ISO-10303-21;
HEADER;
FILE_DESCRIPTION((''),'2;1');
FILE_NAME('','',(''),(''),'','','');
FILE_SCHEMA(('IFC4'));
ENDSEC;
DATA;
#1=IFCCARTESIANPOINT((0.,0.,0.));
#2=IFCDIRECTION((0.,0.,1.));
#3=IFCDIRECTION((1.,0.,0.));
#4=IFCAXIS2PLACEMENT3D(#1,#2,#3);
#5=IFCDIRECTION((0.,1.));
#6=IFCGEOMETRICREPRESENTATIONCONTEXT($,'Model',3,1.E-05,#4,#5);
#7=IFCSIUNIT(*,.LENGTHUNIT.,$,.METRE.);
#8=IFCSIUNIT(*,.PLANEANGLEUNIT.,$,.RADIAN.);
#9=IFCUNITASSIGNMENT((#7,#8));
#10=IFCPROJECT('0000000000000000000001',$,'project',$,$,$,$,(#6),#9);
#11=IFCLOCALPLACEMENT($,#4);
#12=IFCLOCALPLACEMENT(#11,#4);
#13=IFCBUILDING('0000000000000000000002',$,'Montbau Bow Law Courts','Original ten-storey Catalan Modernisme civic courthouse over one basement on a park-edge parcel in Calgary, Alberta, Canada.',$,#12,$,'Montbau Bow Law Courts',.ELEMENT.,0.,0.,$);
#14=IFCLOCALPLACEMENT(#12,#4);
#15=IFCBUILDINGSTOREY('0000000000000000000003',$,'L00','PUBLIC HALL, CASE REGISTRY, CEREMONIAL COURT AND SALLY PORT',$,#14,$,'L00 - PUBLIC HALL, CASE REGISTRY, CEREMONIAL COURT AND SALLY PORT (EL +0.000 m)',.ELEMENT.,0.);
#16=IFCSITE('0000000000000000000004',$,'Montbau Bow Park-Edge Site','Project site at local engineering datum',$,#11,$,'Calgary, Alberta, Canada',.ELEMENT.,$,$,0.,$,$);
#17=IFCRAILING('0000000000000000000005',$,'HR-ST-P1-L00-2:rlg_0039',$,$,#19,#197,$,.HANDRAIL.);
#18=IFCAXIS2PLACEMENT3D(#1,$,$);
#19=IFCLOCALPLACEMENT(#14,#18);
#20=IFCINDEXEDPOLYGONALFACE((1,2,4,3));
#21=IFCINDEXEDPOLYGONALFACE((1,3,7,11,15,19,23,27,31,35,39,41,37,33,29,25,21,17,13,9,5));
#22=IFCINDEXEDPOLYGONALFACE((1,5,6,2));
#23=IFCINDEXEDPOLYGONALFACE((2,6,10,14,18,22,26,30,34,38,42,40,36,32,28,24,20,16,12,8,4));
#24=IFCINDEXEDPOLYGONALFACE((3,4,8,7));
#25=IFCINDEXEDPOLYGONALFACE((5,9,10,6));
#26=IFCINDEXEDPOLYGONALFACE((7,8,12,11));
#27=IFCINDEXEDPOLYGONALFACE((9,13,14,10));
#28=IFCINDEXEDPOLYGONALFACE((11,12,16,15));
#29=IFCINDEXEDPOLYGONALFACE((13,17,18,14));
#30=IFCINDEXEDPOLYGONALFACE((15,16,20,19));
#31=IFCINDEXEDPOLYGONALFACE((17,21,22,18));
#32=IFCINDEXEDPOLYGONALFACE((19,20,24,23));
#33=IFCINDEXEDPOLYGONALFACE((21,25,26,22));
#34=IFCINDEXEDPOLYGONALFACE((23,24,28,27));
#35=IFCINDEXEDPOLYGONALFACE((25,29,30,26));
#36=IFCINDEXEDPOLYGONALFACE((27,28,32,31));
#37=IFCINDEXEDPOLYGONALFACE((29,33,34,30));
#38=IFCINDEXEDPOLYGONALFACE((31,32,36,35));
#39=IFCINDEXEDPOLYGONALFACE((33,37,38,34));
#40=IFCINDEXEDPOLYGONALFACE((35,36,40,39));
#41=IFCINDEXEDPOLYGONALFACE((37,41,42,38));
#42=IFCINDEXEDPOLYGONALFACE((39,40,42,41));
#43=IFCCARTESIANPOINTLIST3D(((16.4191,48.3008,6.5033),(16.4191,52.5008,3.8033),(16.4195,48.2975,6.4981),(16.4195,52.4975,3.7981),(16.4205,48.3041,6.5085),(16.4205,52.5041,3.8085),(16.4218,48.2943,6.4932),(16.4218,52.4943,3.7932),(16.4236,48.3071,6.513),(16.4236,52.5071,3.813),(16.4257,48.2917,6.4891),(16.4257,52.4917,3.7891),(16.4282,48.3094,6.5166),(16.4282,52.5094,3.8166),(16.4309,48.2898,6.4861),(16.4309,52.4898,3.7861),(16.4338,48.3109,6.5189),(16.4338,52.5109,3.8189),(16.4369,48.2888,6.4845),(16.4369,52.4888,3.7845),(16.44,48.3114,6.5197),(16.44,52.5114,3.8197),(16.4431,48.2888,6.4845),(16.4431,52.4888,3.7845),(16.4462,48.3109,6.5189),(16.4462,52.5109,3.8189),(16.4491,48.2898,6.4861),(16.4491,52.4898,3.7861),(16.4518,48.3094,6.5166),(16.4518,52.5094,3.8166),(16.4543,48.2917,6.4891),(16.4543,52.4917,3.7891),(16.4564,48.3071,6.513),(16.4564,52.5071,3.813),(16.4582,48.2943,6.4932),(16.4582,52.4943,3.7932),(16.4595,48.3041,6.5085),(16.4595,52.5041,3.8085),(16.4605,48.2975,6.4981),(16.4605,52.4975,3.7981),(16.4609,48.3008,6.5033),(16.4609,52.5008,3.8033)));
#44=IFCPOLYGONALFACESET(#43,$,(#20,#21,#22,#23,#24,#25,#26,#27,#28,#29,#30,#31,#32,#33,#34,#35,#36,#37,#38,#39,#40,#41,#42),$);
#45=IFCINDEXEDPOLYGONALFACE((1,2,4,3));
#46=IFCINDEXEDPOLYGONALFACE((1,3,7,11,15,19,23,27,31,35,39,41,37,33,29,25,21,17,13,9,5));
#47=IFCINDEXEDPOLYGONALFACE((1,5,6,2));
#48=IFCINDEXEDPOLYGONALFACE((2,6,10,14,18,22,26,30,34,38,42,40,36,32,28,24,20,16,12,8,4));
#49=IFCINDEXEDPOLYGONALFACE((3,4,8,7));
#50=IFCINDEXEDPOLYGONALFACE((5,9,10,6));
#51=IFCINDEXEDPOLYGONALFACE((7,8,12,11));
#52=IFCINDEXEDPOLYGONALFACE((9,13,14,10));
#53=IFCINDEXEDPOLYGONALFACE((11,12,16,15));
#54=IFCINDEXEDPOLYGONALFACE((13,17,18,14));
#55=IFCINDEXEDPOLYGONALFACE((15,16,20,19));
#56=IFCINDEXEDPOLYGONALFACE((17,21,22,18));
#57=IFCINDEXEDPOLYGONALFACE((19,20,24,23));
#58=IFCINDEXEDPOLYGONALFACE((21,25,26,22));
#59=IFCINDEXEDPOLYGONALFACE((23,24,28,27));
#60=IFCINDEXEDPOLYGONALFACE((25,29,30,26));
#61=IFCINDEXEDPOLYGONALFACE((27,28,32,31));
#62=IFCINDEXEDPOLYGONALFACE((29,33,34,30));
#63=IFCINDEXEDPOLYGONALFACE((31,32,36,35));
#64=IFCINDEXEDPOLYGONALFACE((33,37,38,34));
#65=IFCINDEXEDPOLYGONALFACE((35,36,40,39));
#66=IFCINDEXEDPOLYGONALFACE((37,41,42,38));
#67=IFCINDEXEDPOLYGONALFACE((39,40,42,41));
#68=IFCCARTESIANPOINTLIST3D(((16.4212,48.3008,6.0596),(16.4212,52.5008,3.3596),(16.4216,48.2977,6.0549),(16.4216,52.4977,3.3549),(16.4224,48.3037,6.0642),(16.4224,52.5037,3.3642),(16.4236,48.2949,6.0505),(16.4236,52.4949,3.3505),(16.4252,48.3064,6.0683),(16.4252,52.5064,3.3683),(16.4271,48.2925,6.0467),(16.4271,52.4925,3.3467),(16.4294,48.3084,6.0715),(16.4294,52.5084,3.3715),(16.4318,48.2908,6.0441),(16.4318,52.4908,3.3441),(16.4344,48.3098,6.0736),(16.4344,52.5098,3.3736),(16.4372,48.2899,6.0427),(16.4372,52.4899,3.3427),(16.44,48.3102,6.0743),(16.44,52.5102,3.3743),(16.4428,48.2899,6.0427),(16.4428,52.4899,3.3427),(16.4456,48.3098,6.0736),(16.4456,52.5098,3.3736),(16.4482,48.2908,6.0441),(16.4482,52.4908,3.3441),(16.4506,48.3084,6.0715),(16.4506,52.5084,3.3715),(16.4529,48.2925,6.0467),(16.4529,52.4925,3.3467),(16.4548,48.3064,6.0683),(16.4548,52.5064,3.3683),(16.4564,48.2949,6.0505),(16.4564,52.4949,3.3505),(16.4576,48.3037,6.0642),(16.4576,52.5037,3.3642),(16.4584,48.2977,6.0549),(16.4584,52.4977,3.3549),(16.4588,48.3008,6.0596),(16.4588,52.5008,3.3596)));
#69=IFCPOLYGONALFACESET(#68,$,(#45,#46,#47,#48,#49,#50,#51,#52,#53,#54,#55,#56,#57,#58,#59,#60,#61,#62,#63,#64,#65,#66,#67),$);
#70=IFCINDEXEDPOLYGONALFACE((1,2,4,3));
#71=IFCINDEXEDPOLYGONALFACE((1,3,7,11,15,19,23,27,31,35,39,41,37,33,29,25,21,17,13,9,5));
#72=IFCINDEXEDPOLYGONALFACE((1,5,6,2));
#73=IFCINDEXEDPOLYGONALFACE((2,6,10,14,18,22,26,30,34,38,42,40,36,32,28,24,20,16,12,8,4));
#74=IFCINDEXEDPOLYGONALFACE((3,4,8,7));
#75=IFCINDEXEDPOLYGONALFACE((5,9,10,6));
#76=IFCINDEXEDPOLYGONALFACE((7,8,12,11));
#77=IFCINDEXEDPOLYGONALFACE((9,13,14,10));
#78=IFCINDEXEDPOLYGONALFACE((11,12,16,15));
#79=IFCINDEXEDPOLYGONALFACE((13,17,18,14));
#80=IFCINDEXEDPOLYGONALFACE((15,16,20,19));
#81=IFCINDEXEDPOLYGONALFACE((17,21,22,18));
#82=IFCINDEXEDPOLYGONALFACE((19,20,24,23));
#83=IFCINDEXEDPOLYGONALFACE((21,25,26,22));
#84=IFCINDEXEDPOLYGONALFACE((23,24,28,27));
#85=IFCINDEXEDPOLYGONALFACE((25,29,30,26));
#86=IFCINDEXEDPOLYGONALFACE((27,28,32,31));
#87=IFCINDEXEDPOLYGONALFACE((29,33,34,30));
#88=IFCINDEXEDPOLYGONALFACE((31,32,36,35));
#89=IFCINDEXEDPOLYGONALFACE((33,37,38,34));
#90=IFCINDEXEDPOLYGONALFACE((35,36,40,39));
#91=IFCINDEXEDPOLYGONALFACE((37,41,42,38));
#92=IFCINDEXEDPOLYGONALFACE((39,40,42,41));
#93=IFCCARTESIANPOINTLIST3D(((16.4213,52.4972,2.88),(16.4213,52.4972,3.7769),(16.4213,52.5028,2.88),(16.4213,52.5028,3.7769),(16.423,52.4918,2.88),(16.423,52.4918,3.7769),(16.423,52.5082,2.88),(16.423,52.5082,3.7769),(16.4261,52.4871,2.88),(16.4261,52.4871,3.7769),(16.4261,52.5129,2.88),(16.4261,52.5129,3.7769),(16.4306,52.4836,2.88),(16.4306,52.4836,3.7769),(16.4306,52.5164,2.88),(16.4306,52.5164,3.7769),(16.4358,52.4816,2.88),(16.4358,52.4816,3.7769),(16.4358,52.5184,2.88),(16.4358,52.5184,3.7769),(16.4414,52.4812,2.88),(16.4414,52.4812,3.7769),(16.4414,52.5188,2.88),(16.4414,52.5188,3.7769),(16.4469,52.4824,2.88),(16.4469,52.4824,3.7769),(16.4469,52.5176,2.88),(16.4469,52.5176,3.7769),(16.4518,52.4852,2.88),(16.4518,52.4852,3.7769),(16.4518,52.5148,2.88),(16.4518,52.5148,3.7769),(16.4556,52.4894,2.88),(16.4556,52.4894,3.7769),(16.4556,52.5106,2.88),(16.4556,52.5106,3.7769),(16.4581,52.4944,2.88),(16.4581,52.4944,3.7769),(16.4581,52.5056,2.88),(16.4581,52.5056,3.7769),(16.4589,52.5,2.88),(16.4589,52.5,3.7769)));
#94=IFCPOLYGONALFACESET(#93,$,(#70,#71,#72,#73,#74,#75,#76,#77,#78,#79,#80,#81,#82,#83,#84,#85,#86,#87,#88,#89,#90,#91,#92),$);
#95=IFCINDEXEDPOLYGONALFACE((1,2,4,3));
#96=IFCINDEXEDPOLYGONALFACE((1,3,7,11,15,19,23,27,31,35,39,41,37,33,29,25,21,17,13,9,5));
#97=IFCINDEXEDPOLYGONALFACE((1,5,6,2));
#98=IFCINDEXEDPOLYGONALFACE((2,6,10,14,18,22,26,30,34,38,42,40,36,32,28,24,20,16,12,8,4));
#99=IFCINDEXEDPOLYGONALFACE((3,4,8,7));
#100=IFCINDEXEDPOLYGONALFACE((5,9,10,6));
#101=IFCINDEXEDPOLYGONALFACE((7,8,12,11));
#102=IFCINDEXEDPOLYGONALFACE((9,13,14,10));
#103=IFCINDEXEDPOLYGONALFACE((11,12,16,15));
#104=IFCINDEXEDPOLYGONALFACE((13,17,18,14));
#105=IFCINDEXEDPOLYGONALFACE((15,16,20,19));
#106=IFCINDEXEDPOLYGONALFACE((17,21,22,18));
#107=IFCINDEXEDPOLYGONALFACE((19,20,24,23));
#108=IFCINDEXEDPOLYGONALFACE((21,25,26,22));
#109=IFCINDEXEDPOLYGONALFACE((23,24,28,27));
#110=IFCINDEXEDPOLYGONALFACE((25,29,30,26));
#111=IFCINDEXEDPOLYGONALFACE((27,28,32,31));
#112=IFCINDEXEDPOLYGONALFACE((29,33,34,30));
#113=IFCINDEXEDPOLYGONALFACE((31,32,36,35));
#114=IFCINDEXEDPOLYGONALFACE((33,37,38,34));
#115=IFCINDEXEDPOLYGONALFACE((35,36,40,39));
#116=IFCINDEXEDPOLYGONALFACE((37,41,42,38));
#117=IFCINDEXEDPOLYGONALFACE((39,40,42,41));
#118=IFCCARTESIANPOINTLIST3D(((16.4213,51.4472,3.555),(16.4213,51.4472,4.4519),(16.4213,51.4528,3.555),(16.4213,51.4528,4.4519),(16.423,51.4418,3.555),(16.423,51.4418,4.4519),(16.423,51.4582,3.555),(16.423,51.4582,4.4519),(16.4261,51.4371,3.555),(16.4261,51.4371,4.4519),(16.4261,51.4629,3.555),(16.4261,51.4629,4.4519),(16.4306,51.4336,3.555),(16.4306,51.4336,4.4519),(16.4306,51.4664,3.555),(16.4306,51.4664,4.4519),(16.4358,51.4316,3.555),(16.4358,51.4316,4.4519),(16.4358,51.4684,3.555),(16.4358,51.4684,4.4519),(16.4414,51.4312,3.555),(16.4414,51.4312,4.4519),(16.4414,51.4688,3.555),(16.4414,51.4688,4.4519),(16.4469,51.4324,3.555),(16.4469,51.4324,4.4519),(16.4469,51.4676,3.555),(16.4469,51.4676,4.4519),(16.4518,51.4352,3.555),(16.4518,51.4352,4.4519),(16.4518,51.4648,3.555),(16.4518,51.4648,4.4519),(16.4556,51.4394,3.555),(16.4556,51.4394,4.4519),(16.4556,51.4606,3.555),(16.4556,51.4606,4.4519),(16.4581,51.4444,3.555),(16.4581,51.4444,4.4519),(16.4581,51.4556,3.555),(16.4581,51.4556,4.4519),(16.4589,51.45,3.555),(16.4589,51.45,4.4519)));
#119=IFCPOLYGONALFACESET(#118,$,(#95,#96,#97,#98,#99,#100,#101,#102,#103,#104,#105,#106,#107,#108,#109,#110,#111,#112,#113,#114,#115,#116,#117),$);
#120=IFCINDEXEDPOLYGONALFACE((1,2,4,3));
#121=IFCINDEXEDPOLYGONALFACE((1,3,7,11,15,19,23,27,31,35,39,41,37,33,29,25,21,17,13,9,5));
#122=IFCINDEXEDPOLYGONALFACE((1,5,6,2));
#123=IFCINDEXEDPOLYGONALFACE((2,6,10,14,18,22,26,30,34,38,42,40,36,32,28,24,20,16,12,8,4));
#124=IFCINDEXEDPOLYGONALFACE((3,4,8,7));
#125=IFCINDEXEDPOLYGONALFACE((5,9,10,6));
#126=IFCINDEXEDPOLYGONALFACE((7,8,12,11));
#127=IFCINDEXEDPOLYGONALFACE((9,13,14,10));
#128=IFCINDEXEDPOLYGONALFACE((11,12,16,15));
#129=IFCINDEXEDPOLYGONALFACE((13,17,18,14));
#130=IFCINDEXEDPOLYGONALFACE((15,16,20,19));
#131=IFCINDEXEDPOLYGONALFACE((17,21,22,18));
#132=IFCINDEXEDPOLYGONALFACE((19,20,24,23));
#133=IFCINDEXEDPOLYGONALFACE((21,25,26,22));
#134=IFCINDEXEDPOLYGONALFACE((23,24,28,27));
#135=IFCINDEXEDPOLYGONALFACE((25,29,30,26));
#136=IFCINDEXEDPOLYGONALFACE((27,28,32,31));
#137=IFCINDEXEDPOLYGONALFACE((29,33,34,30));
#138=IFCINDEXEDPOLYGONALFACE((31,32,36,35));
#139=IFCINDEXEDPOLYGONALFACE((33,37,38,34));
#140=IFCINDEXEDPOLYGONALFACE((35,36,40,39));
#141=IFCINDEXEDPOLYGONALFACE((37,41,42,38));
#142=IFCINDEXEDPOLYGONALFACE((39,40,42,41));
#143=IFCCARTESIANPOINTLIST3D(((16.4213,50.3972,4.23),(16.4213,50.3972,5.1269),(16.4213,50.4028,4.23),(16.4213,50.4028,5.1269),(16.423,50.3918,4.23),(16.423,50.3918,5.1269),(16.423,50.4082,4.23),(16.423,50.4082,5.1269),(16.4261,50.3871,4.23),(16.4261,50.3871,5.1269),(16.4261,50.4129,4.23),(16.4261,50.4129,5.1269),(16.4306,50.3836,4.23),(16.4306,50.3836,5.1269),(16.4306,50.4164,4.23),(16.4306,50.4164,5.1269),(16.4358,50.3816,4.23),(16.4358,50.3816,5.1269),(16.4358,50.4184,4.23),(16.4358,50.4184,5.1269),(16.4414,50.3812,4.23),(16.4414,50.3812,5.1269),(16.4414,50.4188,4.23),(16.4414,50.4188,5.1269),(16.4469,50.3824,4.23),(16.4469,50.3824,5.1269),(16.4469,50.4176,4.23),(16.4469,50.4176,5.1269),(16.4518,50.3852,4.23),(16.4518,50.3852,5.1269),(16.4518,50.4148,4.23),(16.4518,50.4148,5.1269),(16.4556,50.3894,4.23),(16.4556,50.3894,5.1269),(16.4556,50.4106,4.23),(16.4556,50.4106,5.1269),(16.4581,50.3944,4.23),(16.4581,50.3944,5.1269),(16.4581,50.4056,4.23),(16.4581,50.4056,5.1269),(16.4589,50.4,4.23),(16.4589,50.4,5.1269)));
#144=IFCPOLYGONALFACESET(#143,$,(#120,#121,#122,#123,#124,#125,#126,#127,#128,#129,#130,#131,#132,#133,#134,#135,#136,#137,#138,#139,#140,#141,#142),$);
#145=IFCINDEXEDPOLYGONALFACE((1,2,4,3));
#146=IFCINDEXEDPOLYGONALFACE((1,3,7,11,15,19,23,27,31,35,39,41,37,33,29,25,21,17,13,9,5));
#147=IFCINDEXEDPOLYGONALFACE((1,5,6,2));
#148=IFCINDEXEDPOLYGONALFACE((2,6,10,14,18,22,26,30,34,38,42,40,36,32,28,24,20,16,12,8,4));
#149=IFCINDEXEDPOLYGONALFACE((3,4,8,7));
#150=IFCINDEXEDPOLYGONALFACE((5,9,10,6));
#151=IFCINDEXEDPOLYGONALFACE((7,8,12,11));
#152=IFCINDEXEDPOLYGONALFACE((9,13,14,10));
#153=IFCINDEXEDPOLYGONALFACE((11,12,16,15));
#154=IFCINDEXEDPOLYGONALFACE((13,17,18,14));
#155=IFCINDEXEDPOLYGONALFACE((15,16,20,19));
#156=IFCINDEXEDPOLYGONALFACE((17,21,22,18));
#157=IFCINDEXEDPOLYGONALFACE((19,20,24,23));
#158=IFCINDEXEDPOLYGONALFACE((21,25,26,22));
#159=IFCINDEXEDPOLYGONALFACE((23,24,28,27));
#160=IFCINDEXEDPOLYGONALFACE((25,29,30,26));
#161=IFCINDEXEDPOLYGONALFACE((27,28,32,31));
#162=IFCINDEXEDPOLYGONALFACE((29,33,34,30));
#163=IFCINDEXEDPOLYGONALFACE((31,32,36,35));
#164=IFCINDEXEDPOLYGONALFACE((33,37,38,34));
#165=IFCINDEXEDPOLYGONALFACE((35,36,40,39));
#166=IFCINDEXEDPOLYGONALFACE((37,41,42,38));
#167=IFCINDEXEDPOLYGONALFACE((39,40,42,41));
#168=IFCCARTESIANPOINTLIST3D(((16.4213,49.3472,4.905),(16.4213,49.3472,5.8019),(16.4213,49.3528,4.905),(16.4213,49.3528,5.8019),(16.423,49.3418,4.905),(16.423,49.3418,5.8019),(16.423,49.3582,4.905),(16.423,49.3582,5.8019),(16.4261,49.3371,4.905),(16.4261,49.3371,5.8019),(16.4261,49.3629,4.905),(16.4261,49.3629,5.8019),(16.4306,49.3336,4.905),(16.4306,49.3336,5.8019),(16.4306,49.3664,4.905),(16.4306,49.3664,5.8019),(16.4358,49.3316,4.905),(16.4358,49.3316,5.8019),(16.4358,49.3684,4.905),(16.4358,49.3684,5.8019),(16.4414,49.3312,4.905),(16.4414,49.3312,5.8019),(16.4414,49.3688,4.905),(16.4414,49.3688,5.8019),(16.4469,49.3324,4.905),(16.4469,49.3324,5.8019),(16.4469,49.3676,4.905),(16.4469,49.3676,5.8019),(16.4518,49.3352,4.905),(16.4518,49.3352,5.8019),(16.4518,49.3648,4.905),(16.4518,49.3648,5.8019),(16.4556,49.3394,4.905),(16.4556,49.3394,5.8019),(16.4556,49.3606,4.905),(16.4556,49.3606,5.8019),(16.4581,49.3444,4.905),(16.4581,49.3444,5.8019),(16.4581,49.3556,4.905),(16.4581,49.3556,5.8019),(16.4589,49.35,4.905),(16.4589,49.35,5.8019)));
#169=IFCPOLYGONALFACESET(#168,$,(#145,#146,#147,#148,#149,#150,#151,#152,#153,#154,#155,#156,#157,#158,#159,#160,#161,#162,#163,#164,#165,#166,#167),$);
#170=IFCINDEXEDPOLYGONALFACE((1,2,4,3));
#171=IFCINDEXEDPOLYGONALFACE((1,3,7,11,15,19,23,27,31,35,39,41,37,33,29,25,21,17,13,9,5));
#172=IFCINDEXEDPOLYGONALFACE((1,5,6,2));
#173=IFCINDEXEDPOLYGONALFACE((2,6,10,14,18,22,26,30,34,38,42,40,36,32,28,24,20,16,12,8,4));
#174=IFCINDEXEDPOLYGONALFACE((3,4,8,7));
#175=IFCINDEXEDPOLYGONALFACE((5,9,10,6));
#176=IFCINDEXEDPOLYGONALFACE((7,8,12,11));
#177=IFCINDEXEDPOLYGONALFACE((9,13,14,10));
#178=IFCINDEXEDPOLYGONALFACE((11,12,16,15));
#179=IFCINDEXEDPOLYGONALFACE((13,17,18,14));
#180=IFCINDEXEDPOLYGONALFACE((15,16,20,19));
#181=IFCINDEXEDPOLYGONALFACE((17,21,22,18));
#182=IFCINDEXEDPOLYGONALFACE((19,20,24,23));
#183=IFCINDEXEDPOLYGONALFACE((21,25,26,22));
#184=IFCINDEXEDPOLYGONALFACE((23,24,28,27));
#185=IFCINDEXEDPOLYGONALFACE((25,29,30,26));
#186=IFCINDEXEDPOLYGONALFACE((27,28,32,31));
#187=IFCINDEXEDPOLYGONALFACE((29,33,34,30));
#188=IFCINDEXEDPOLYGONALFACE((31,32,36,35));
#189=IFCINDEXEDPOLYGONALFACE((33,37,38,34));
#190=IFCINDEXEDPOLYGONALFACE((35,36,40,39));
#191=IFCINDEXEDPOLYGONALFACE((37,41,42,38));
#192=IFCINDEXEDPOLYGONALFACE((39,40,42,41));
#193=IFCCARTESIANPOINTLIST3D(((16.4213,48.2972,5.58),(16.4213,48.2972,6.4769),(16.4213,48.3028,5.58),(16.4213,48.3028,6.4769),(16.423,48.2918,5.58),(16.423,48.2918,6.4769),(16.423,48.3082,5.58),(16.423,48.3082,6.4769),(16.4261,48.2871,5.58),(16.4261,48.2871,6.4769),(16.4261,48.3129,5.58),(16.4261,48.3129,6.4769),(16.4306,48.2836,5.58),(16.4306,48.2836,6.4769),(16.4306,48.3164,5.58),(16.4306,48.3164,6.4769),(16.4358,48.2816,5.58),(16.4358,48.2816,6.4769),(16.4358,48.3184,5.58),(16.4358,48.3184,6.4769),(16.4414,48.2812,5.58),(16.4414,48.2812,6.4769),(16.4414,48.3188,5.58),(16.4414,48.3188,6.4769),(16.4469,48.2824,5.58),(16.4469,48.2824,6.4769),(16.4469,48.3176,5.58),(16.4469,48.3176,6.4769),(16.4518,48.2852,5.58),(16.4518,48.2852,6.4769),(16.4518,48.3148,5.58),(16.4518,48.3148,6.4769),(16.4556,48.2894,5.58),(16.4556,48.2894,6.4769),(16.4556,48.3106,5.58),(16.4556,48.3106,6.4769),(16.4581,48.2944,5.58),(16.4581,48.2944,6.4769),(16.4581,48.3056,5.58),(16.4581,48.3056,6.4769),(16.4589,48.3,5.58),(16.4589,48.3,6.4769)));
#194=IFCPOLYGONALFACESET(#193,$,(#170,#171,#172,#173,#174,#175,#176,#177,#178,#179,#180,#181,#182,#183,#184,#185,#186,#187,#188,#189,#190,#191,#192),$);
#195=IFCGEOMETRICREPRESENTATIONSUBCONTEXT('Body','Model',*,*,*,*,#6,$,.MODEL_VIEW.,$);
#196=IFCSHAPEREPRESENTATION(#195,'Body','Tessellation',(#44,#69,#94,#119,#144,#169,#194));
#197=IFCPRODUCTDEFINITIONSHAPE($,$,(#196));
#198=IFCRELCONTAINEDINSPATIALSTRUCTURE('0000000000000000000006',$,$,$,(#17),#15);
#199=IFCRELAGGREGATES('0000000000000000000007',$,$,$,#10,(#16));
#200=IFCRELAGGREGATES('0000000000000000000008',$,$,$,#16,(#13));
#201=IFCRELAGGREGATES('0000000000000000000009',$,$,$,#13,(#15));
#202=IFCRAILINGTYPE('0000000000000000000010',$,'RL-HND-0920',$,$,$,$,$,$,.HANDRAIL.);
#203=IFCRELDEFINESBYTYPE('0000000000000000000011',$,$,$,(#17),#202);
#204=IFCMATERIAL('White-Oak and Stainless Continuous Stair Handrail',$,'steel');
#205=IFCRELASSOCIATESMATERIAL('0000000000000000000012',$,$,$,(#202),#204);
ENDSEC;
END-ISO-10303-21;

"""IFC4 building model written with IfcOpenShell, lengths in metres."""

from ifc_helpers import new_model, si_unit, direction, frame, origin_with_axes, origin_2d_with_axis, place, context, subcontext, project, spatial, circle, extrude, material, type_object, element, save


model = new_model("IFC4")

# Units and contexts
model_context = context("Model", 3, precision=1e-05, world=origin_with_axes(), true_north=direction((0.0, 1.0)))
body_context = subcontext(model_context, "Body", "Model", "MODEL_VIEW")
ifc_project = project(units=[si_unit("LENGTHUNIT", "METRE"), si_unit("PLANEANGLEUNIT", "RADIAN")], contexts=[model_context])

# Site, building, storey
site_placement = place(None, origin_with_axes())
site = spatial("IfcSite", under=ifc_project, at=site_placement, Name="Montbau Bow Park-Edge Site", Description="Project site at local engineering datum", LongName="Calgary, Alberta, Canada", CompositionType="ELEMENT", RefElevation=0.0)
building_placement = place(site_placement, origin_with_axes())
building = spatial("IfcBuilding", under=site, at=building_placement, Name="Montbau Bow Law Courts", Description="Original ten-storey Catalan Modernisme civic courthouse over one basement on a park-edge parcel in Calgary, Alberta, Canada.", LongName="Montbau Bow Law Courts", CompositionType="ELEMENT", ElevationOfRefHeight=0.0, ElevationOfTerrain=0.0)
storey_placement = place(building_placement, origin_with_axes())
storey = spatial("IfcBuildingStorey", under=building, at=storey_placement, Name="L00", Description="PUBLIC HALL, CASE REGISTRY, CEREMONIAL COURT AND SALLY PORT", LongName="L00 - PUBLIC HALL, CASE REGISTRY, CEREMONIAL COURT AND SALLY PORT (EL +0.000 m)", CompositionType="ELEMENT", Elevation=0.0)

# Railing
ifc_material_1 = material(Name="White-Oak and Stainless Continuous Stair Handrail", Category="steel")
railing_type_1 = type_object("IfcRailingType", Name="RL-HND-0920", PredefinedType="HANDRAIL", material=ifc_material_1)
railing_1_placement = place(None, origin_with_axes())
element("IfcRailing", 1, at=railing_1_placement, inside=storey, type_object=railing_type_1, Name="HR-ST-P1-L00-2:rlg_0039", PredefinedType="HANDRAIL", context=body_context, shape_type="SweptSolid", body=[
    extrude(circle(Radius=0.021, at=origin_2d_with_axis()), frame((16.44, 52.5, 3.802), z_axis=(0.0, -0.841178, 0.540758), x_axis=(0.0, 0.540758, 0.841178)), (0.0, 0.0, 1.0), 4.993),
    extrude(circle(Radius=0.0189, at=origin_2d_with_axis()), frame((16.44, 52.5, 3.3584), z_axis=(0.0, -0.841178, 0.540758), x_axis=(0.0, 0.540758, 0.841178)), (0.0, 0.0, 1.0), 4.993),
    extrude(circle(Radius=0.0189, at=origin_2d_with_axis()), frame((16.44, 52.5, 2.88), z_axis=(0.0, 0.0, 1.0), x_axis=(1.0, 0.0, 0.0)), (0.0, 0.0, 1.0), 0.8969),
    extrude(circle(Radius=0.0189, at=origin_2d_with_axis()), frame((16.44, 51.45, 3.555), z_axis=(0.0, 0.0, 1.0), x_axis=(1.0, 0.0, 0.0)), (0.0, 0.0, 1.0), 0.8969),
    extrude(circle(Radius=0.0189, at=origin_2d_with_axis()), frame((16.44, 50.4, 4.23), z_axis=(0.0, 0.0, 1.0), x_axis=(1.0, 0.0, 0.0)), (0.0, 0.0, 1.0), 0.8969),
    extrude(circle(Radius=0.0189, at=origin_2d_with_axis()), frame((16.44, 49.35, 4.905), z_axis=(0.0, 0.0, 1.0), x_axis=(1.0, 0.0, 0.0)), (0.0, 0.0, 1.0), 0.8969),
    extrude(circle(Radius=0.0189, at=origin_2d_with_axis()), frame((16.44, 48.3, 5.58), z_axis=(0.0, 0.0, 1.0), x_axis=(1.0, 0.0, 0.0)), (0.0, 0.0, 1.0), 0.8969),
])

save(model, "model.ifc")
